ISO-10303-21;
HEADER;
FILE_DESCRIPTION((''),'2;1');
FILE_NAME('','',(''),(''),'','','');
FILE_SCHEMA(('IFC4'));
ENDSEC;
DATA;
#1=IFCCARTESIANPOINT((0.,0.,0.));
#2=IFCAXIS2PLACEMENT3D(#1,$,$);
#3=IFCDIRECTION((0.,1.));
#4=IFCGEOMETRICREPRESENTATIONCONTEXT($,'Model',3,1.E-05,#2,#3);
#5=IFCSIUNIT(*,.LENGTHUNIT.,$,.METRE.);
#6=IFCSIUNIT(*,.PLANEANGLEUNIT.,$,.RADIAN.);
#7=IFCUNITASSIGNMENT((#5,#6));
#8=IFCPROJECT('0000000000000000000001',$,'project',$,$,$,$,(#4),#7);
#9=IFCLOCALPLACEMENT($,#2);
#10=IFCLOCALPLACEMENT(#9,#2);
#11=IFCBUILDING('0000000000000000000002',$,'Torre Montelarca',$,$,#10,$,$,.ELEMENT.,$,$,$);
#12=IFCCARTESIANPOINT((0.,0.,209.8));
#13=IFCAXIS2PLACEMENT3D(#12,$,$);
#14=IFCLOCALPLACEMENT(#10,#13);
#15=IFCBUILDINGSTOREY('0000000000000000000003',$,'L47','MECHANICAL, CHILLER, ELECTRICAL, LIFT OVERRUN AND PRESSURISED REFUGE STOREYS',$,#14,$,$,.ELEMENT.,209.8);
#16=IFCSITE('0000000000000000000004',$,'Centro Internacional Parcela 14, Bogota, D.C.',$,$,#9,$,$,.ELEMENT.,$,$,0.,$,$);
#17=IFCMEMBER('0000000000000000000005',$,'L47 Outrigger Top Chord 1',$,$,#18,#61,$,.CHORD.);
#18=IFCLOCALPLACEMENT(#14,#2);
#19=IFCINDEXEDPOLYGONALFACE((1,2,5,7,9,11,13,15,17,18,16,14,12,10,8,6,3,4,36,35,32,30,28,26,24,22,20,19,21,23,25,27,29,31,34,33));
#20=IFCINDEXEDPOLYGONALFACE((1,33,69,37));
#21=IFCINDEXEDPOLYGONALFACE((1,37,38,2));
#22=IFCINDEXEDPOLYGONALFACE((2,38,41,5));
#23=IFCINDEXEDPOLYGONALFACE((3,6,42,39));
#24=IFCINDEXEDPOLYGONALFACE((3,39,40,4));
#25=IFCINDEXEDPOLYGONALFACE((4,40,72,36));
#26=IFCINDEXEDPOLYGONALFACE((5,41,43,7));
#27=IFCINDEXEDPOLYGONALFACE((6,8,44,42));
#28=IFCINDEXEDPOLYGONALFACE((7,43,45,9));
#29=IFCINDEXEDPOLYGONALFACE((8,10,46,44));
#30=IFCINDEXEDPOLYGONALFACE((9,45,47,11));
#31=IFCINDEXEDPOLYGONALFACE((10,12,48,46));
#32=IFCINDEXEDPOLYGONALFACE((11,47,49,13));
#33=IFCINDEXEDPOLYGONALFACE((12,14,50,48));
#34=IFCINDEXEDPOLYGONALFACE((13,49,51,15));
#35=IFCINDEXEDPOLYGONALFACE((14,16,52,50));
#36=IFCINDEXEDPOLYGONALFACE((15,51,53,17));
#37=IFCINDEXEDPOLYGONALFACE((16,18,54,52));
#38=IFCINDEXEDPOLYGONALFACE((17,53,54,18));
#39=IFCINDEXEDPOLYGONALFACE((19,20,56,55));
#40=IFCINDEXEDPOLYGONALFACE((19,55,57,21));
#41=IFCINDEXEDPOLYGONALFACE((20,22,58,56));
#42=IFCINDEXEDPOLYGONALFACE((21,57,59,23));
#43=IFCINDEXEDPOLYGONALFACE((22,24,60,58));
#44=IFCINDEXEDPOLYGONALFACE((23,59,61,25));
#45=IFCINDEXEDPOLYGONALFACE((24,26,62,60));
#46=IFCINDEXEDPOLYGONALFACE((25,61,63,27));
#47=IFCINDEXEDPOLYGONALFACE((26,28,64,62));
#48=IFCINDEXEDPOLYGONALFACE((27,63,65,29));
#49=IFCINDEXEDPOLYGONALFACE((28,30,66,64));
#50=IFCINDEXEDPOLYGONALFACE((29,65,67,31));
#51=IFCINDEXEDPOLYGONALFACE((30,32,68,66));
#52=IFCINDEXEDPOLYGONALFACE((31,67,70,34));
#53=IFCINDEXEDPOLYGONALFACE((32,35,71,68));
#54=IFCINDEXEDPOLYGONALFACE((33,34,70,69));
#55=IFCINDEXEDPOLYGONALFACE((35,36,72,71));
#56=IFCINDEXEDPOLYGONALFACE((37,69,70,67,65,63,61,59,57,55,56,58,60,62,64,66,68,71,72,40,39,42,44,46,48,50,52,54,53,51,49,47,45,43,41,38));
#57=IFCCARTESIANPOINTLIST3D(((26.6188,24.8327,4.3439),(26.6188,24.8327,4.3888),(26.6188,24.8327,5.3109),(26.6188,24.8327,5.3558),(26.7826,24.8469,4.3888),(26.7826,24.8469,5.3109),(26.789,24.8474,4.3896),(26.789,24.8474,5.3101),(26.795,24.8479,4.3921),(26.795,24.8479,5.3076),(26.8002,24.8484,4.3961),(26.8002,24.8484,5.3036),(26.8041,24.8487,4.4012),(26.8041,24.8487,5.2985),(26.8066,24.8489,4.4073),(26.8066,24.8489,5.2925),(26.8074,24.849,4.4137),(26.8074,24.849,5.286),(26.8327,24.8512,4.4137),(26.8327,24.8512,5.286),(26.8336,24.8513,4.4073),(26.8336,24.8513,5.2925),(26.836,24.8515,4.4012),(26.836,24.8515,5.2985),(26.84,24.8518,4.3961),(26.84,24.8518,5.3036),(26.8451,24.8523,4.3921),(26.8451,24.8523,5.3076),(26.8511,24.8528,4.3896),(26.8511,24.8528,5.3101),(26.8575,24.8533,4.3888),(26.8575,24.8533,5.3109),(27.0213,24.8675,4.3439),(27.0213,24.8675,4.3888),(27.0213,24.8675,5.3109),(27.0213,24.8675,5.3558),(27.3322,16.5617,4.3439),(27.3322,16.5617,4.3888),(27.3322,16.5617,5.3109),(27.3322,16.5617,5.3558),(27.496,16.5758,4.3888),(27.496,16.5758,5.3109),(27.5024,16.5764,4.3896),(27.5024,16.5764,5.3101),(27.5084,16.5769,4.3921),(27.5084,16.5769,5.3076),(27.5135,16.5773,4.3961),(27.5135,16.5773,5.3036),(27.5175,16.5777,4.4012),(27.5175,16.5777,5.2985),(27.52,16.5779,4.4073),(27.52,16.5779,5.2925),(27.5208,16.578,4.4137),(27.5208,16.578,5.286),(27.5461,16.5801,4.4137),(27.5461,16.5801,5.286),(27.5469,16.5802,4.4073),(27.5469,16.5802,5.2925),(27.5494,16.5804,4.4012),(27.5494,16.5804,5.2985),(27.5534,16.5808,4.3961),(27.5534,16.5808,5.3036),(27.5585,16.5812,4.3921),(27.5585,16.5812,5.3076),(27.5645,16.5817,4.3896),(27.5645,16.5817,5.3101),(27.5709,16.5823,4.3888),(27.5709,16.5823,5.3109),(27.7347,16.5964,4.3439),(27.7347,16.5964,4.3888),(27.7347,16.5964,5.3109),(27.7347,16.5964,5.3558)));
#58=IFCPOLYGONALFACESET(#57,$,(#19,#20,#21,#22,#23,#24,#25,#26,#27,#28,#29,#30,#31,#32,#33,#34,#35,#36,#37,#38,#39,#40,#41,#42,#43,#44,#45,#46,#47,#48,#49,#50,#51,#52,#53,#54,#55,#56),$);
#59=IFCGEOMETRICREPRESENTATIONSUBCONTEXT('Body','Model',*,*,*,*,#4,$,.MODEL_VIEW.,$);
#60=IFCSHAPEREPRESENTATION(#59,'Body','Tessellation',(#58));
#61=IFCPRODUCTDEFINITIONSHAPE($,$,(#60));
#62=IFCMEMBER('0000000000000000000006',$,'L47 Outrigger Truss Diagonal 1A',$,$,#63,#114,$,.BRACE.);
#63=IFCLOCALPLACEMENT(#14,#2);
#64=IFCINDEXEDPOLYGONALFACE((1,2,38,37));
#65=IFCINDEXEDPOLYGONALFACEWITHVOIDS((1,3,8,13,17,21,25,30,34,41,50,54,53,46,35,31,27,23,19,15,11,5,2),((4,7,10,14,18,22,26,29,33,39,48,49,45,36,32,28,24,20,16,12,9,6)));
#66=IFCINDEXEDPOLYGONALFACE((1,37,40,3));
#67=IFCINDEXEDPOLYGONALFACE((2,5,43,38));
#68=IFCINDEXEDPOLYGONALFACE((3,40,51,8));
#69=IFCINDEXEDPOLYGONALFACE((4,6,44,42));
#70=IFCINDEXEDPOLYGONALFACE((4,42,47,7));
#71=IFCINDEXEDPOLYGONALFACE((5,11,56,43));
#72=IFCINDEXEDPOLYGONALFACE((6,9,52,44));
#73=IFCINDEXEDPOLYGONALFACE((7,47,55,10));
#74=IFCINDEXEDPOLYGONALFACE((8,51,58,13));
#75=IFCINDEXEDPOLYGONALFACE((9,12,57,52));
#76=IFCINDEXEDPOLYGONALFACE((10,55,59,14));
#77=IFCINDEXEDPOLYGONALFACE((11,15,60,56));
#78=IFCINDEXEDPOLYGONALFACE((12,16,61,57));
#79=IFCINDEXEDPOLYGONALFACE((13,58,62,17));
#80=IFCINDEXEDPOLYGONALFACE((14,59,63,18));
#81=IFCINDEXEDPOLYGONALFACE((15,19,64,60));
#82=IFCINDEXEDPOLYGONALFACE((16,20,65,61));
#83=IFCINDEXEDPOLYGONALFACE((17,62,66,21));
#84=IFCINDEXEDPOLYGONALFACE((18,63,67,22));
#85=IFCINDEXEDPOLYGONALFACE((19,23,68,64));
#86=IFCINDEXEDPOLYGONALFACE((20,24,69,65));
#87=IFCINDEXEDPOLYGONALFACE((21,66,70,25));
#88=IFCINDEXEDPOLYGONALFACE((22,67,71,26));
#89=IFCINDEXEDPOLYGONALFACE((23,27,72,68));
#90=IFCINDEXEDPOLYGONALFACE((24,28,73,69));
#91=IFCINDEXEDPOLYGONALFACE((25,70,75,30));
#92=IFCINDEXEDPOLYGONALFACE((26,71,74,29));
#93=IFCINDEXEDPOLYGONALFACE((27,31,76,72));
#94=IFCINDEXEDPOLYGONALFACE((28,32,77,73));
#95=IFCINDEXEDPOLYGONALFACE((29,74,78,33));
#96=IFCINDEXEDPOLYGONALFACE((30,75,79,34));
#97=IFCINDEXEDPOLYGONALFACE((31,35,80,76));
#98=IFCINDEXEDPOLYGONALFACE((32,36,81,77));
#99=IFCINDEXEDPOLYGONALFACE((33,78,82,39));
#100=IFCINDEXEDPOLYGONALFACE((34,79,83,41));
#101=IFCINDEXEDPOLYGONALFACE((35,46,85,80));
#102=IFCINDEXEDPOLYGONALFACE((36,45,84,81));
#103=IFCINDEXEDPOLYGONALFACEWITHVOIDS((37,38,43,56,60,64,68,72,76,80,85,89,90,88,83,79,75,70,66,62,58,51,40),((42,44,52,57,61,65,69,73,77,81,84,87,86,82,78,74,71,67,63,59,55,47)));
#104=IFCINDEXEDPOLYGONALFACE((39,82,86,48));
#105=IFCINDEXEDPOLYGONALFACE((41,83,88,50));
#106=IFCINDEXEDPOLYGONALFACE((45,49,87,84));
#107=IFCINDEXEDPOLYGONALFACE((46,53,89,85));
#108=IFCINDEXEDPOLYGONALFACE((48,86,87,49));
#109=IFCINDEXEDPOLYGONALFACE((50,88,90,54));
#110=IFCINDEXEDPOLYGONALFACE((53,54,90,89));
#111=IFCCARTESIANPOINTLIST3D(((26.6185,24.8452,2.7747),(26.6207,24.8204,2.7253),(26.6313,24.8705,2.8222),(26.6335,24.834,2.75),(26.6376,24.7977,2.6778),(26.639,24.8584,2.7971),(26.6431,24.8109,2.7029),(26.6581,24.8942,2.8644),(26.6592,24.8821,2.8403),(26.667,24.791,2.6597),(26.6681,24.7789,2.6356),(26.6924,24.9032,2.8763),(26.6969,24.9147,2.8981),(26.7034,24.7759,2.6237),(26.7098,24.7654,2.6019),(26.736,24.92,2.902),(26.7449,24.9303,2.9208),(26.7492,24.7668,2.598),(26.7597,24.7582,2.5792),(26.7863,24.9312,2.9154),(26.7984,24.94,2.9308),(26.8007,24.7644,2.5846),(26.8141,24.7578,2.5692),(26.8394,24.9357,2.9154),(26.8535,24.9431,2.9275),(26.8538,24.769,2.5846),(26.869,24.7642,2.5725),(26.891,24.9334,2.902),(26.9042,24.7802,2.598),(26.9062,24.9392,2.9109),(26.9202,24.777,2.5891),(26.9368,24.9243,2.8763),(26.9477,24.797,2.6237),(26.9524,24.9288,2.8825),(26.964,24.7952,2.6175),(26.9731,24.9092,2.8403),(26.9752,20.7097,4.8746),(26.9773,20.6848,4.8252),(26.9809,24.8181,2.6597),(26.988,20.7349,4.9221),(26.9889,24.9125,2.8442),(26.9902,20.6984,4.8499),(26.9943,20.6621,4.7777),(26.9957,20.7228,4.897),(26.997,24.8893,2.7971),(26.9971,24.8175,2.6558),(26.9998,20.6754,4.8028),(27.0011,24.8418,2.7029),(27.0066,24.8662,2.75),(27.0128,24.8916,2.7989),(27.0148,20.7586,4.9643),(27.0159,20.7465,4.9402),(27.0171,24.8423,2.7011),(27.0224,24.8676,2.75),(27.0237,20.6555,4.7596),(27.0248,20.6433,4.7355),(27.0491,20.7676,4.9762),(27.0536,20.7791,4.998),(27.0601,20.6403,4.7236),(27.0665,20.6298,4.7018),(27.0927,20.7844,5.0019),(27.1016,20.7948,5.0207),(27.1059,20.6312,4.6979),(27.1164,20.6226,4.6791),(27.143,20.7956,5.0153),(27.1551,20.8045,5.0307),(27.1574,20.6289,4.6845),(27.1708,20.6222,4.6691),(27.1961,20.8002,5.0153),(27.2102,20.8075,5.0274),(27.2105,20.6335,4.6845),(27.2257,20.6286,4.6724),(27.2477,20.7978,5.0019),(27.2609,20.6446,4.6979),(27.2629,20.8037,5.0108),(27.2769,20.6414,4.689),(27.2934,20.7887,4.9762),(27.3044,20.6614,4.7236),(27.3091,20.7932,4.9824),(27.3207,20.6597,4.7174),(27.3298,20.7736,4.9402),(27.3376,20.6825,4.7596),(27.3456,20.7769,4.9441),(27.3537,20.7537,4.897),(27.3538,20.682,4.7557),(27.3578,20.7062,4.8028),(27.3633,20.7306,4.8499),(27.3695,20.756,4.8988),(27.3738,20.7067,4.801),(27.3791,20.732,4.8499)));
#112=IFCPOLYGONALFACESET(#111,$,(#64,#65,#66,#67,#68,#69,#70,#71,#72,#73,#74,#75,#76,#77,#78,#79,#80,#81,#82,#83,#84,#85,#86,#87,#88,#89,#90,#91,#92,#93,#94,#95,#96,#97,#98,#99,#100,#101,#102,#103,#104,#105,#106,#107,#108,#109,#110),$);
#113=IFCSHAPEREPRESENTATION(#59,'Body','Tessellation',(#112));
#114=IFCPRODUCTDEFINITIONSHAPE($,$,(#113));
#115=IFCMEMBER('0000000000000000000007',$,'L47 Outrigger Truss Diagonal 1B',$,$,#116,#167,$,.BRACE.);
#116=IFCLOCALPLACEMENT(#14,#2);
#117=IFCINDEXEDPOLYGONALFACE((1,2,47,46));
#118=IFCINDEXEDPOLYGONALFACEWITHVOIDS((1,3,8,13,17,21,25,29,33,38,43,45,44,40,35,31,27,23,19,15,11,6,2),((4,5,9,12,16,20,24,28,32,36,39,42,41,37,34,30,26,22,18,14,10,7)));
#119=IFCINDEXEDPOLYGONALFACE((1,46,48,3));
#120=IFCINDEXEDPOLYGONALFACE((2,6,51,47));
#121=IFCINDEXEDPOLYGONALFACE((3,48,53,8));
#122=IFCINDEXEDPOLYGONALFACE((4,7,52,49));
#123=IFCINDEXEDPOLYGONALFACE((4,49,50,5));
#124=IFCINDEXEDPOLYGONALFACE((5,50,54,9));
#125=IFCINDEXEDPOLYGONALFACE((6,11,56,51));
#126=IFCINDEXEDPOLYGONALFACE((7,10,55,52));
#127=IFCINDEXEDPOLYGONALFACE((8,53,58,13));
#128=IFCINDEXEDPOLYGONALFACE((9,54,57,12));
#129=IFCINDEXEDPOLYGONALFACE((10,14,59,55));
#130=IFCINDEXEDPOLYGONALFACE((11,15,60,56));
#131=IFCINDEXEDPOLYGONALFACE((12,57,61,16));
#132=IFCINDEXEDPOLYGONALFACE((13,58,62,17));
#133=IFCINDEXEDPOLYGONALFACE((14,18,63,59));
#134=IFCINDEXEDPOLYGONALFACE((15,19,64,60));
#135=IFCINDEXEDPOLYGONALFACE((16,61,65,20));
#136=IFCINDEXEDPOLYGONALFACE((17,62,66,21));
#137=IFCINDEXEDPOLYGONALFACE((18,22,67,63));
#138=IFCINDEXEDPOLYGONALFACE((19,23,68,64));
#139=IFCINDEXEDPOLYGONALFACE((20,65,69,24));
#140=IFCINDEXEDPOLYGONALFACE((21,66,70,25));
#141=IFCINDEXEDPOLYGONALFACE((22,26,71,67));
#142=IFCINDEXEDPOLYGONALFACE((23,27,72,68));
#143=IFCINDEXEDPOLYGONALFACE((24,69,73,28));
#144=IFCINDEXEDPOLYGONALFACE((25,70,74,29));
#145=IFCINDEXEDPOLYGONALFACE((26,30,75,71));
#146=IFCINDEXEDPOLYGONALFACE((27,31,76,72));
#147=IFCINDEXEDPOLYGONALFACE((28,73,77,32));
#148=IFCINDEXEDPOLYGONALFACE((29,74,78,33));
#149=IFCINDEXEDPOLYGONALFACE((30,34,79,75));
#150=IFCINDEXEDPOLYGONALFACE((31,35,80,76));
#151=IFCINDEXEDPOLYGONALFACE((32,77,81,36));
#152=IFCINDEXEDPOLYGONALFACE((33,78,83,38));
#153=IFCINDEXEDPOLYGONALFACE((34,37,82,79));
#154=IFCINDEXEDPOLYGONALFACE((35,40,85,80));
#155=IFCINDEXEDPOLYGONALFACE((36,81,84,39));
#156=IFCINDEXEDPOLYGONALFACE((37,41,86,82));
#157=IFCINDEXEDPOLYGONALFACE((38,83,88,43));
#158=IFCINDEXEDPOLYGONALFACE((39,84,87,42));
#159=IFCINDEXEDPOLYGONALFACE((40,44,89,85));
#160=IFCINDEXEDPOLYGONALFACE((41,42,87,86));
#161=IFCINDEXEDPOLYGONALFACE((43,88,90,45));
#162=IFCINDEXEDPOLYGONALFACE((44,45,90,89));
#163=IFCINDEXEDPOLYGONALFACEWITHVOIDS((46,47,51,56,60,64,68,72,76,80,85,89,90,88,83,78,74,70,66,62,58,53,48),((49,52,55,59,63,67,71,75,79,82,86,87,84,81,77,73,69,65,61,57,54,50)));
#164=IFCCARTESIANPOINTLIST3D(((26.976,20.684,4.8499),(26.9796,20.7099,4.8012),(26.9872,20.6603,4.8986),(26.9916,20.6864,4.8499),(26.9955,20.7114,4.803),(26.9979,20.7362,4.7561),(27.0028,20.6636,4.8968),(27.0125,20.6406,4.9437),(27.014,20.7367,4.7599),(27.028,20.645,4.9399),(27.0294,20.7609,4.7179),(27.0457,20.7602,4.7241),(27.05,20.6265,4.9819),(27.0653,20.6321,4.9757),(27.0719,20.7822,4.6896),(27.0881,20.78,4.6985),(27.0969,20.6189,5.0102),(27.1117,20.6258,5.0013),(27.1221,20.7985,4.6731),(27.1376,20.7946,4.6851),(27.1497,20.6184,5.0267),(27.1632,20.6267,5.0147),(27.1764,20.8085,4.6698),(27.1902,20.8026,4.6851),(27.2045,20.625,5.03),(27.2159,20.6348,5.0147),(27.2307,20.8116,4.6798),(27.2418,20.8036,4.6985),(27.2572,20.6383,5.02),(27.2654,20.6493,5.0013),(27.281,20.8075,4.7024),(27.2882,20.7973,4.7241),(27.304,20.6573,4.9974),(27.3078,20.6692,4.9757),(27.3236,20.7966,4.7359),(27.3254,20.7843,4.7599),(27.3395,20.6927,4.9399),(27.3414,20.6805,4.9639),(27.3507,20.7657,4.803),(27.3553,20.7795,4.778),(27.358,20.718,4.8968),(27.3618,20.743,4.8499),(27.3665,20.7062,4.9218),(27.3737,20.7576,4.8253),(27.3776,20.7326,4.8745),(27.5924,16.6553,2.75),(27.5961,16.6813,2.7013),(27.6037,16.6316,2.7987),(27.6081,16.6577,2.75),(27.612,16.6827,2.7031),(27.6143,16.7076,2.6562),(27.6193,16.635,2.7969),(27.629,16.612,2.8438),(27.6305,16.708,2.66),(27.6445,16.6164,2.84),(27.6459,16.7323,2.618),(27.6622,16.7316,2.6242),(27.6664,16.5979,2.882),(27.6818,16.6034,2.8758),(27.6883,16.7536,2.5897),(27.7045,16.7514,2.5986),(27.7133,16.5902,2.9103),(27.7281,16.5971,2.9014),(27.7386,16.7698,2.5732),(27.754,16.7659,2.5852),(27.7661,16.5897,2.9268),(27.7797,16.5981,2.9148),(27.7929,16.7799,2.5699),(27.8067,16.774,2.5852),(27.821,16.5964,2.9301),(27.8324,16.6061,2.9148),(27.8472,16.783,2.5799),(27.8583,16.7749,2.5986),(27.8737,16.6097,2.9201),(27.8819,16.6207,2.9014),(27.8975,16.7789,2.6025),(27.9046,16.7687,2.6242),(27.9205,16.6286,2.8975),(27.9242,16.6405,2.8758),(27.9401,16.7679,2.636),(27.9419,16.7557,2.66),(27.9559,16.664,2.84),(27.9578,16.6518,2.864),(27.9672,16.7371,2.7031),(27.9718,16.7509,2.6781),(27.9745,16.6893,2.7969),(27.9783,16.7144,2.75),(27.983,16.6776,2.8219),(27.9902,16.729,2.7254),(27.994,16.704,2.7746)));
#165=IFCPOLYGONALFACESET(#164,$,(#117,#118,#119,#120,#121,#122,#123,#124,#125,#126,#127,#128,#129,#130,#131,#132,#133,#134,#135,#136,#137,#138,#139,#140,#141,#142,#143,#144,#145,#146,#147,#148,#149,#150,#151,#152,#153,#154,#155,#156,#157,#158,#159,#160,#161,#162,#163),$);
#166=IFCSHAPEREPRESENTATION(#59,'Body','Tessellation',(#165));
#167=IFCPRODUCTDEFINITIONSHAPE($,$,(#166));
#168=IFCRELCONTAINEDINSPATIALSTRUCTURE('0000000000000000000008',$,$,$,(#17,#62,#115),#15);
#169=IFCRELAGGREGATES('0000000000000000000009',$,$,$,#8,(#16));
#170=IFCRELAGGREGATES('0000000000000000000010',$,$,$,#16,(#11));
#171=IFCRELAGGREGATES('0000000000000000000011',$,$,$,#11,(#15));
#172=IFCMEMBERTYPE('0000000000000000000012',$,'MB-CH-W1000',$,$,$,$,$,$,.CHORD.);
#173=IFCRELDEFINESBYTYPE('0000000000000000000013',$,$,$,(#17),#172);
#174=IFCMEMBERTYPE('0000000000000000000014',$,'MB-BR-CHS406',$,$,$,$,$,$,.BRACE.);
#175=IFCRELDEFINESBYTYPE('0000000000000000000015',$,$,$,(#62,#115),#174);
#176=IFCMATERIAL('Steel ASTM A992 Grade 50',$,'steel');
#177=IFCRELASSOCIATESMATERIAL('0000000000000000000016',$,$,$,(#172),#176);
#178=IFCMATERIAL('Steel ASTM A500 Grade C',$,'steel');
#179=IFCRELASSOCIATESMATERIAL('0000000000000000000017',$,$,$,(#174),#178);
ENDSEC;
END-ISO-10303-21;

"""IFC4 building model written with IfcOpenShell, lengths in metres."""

from ifc_helpers import new_model, si_unit, direction, frame, origin, origin_2d, place, context, subcontext, project, spatial, hollow_circle, i_section, extrude, source, transform, mapped, material, material_profile, profile_set, type_object, element, save


model = new_model("IFC4")

# Units and contexts
model_context = context("Model", 3, precision=1e-05, world=origin(), true_north=direction((0.0, 1.0)))
body_context = subcontext(model_context, "Body", "Model", "MODEL_VIEW")
ifc_project = project(units=[si_unit("LENGTHUNIT", "METRE"), si_unit("PLANEANGLEUNIT", "RADIAN")], contexts=[model_context])

# Site, building, storey
site_placement = place(None, origin())
site = spatial("IfcSite", under=ifc_project, at=site_placement, Name="Centro Internacional Parcela 14, Bogota, D.C.", CompositionType="ELEMENT", RefElevation=0.0)
building_placement = place(site_placement, origin())
building = spatial("IfcBuilding", under=site, at=building_placement, Name="Torre Montelarca", CompositionType="ELEMENT")
storey_placement = place(building_placement, frame((0.0, 0.0, 209.8)))
storey = spatial("IfcBuildingStorey", under=building, at=storey_placement, Name="L47", Description="MECHANICAL, CHILLER, ELECTRICAL, LIFT OVERRUN AND PRESSURISED REFUGE STOREYS", CompositionType="ELEMENT", Elevation=209.8)

# Shared definitions
ifc_material_1 = material(Name="Steel ASTM A992 Grade 50", Category="steel")

# Members
ifc_material_profile_1 = material_profile(ifc_material_1, i_section(OverallWidth=0.4041, OverallDepth=1.012, WebThickness=0.0254, FlangeThickness=0.0449, FilletRadius=0.0249, at=origin_2d()), Name="W1000X483", Category="steel")
ifc_profile_set_1 = profile_set([ifc_material_profile_1], Name="Steel ASTM A992 Grade 50")
member_type_1 = type_object("IfcMemberType", Name="MB-CH-W1000", PredefinedType="CHORD", material=ifc_profile_set_1)
shared_shape_1 = source(origin(), body_context, "Body", "SweptSolid", [
    extrude(i_section(OverallWidth=0.4041, OverallDepth=1.012, WebThickness=0.0254, FlangeThickness=0.0449, FilletRadius=0.0249, at=origin_2d()), origin(), (0.0, 0.0, 1.0), 8.3018),
])
member_1_placement = place(storey_placement, frame((26.8201, 24.8501, 4.8499), z_axis=(0.085932, -0.996301, 0.0), x_axis=(0.996301, 0.085932, 0.0)))
element("IfcMember", 1, at=member_1_placement, inside=storey, type_object=member_type_1, Name="L47 Outrigger Top Chord 1", PredefinedType="CHORD", context=body_context, shape_type="MappedRepresentation", body=[
    mapped(shared_shape_1, transform((0.0, 0.0, 0.0), scale=1.0)),
])
ifc_material_2 = material(Name="Steel ASTM A500 Grade C", Category="steel")
ifc_material_profile_2 = material_profile(ifc_material_2, hollow_circle(Radius=0.2031, WallThickness=0.0159, at=origin_2d()), Name="HSS406.4X15.9", Category="steel")
ifc_profile_set_2 = profile_set([ifc_material_profile_2], Name="Steel ASTM A500 Grade C")
member_type_2 = type_object("IfcMemberType", Name="MB-BR-CHS406", PredefinedType="BRACE", material=ifc_profile_set_2)
shared_shape_2 = source(origin(), body_context, "Body", "SweptSolid", [
    extrude(hollow_circle(Radius=0.2031, WallThickness=0.0159, at=origin_2d()), origin(), (0.0, 0.0, 1.0), 4.6519),
])
member_2_placement = place(storey_placement, frame((26.8201, 24.8501, 2.75), z_axis=(0.076678, -0.889016, 0.45141), x_axis=(0.996301, 0.085932, 0.0)))
element("IfcMember", 2, at=member_2_placement, inside=storey, type_object=member_type_2, Name="L47 Outrigger Truss Diagonal 1A", PredefinedType="BRACE", context=body_context, shape_type="MappedRepresentation", body=[
    mapped(shared_shape_2, transform((0.0, 0.0, 0.0), scale=1.0)),
])
shared_shape_3 = source(origin(), body_context, "Body", "SweptSolid", [
    extrude(hollow_circle(Radius=0.2031, WallThickness=0.0159, at=origin_2d()), origin(), (0.0, 0.0, 1.0), 4.5847),
])
member_3_placement = place(storey_placement, frame((27.7932, 16.686, 2.75), z_axis=(-0.134462, 0.878713, 0.458021), x_axis=(-0.988494, -0.15126, 0.0)))
element("IfcMember", 3, at=member_3_placement, inside=storey, type_object=member_type_2, Name="L47 Outrigger Truss Diagonal 1B", PredefinedType="BRACE", context=body_context, shape_type="MappedRepresentation", body=[
    mapped(shared_shape_3, transform((0.0, 0.0, 0.0), scale=1.0)),
])

save(model, "model.ifc")
